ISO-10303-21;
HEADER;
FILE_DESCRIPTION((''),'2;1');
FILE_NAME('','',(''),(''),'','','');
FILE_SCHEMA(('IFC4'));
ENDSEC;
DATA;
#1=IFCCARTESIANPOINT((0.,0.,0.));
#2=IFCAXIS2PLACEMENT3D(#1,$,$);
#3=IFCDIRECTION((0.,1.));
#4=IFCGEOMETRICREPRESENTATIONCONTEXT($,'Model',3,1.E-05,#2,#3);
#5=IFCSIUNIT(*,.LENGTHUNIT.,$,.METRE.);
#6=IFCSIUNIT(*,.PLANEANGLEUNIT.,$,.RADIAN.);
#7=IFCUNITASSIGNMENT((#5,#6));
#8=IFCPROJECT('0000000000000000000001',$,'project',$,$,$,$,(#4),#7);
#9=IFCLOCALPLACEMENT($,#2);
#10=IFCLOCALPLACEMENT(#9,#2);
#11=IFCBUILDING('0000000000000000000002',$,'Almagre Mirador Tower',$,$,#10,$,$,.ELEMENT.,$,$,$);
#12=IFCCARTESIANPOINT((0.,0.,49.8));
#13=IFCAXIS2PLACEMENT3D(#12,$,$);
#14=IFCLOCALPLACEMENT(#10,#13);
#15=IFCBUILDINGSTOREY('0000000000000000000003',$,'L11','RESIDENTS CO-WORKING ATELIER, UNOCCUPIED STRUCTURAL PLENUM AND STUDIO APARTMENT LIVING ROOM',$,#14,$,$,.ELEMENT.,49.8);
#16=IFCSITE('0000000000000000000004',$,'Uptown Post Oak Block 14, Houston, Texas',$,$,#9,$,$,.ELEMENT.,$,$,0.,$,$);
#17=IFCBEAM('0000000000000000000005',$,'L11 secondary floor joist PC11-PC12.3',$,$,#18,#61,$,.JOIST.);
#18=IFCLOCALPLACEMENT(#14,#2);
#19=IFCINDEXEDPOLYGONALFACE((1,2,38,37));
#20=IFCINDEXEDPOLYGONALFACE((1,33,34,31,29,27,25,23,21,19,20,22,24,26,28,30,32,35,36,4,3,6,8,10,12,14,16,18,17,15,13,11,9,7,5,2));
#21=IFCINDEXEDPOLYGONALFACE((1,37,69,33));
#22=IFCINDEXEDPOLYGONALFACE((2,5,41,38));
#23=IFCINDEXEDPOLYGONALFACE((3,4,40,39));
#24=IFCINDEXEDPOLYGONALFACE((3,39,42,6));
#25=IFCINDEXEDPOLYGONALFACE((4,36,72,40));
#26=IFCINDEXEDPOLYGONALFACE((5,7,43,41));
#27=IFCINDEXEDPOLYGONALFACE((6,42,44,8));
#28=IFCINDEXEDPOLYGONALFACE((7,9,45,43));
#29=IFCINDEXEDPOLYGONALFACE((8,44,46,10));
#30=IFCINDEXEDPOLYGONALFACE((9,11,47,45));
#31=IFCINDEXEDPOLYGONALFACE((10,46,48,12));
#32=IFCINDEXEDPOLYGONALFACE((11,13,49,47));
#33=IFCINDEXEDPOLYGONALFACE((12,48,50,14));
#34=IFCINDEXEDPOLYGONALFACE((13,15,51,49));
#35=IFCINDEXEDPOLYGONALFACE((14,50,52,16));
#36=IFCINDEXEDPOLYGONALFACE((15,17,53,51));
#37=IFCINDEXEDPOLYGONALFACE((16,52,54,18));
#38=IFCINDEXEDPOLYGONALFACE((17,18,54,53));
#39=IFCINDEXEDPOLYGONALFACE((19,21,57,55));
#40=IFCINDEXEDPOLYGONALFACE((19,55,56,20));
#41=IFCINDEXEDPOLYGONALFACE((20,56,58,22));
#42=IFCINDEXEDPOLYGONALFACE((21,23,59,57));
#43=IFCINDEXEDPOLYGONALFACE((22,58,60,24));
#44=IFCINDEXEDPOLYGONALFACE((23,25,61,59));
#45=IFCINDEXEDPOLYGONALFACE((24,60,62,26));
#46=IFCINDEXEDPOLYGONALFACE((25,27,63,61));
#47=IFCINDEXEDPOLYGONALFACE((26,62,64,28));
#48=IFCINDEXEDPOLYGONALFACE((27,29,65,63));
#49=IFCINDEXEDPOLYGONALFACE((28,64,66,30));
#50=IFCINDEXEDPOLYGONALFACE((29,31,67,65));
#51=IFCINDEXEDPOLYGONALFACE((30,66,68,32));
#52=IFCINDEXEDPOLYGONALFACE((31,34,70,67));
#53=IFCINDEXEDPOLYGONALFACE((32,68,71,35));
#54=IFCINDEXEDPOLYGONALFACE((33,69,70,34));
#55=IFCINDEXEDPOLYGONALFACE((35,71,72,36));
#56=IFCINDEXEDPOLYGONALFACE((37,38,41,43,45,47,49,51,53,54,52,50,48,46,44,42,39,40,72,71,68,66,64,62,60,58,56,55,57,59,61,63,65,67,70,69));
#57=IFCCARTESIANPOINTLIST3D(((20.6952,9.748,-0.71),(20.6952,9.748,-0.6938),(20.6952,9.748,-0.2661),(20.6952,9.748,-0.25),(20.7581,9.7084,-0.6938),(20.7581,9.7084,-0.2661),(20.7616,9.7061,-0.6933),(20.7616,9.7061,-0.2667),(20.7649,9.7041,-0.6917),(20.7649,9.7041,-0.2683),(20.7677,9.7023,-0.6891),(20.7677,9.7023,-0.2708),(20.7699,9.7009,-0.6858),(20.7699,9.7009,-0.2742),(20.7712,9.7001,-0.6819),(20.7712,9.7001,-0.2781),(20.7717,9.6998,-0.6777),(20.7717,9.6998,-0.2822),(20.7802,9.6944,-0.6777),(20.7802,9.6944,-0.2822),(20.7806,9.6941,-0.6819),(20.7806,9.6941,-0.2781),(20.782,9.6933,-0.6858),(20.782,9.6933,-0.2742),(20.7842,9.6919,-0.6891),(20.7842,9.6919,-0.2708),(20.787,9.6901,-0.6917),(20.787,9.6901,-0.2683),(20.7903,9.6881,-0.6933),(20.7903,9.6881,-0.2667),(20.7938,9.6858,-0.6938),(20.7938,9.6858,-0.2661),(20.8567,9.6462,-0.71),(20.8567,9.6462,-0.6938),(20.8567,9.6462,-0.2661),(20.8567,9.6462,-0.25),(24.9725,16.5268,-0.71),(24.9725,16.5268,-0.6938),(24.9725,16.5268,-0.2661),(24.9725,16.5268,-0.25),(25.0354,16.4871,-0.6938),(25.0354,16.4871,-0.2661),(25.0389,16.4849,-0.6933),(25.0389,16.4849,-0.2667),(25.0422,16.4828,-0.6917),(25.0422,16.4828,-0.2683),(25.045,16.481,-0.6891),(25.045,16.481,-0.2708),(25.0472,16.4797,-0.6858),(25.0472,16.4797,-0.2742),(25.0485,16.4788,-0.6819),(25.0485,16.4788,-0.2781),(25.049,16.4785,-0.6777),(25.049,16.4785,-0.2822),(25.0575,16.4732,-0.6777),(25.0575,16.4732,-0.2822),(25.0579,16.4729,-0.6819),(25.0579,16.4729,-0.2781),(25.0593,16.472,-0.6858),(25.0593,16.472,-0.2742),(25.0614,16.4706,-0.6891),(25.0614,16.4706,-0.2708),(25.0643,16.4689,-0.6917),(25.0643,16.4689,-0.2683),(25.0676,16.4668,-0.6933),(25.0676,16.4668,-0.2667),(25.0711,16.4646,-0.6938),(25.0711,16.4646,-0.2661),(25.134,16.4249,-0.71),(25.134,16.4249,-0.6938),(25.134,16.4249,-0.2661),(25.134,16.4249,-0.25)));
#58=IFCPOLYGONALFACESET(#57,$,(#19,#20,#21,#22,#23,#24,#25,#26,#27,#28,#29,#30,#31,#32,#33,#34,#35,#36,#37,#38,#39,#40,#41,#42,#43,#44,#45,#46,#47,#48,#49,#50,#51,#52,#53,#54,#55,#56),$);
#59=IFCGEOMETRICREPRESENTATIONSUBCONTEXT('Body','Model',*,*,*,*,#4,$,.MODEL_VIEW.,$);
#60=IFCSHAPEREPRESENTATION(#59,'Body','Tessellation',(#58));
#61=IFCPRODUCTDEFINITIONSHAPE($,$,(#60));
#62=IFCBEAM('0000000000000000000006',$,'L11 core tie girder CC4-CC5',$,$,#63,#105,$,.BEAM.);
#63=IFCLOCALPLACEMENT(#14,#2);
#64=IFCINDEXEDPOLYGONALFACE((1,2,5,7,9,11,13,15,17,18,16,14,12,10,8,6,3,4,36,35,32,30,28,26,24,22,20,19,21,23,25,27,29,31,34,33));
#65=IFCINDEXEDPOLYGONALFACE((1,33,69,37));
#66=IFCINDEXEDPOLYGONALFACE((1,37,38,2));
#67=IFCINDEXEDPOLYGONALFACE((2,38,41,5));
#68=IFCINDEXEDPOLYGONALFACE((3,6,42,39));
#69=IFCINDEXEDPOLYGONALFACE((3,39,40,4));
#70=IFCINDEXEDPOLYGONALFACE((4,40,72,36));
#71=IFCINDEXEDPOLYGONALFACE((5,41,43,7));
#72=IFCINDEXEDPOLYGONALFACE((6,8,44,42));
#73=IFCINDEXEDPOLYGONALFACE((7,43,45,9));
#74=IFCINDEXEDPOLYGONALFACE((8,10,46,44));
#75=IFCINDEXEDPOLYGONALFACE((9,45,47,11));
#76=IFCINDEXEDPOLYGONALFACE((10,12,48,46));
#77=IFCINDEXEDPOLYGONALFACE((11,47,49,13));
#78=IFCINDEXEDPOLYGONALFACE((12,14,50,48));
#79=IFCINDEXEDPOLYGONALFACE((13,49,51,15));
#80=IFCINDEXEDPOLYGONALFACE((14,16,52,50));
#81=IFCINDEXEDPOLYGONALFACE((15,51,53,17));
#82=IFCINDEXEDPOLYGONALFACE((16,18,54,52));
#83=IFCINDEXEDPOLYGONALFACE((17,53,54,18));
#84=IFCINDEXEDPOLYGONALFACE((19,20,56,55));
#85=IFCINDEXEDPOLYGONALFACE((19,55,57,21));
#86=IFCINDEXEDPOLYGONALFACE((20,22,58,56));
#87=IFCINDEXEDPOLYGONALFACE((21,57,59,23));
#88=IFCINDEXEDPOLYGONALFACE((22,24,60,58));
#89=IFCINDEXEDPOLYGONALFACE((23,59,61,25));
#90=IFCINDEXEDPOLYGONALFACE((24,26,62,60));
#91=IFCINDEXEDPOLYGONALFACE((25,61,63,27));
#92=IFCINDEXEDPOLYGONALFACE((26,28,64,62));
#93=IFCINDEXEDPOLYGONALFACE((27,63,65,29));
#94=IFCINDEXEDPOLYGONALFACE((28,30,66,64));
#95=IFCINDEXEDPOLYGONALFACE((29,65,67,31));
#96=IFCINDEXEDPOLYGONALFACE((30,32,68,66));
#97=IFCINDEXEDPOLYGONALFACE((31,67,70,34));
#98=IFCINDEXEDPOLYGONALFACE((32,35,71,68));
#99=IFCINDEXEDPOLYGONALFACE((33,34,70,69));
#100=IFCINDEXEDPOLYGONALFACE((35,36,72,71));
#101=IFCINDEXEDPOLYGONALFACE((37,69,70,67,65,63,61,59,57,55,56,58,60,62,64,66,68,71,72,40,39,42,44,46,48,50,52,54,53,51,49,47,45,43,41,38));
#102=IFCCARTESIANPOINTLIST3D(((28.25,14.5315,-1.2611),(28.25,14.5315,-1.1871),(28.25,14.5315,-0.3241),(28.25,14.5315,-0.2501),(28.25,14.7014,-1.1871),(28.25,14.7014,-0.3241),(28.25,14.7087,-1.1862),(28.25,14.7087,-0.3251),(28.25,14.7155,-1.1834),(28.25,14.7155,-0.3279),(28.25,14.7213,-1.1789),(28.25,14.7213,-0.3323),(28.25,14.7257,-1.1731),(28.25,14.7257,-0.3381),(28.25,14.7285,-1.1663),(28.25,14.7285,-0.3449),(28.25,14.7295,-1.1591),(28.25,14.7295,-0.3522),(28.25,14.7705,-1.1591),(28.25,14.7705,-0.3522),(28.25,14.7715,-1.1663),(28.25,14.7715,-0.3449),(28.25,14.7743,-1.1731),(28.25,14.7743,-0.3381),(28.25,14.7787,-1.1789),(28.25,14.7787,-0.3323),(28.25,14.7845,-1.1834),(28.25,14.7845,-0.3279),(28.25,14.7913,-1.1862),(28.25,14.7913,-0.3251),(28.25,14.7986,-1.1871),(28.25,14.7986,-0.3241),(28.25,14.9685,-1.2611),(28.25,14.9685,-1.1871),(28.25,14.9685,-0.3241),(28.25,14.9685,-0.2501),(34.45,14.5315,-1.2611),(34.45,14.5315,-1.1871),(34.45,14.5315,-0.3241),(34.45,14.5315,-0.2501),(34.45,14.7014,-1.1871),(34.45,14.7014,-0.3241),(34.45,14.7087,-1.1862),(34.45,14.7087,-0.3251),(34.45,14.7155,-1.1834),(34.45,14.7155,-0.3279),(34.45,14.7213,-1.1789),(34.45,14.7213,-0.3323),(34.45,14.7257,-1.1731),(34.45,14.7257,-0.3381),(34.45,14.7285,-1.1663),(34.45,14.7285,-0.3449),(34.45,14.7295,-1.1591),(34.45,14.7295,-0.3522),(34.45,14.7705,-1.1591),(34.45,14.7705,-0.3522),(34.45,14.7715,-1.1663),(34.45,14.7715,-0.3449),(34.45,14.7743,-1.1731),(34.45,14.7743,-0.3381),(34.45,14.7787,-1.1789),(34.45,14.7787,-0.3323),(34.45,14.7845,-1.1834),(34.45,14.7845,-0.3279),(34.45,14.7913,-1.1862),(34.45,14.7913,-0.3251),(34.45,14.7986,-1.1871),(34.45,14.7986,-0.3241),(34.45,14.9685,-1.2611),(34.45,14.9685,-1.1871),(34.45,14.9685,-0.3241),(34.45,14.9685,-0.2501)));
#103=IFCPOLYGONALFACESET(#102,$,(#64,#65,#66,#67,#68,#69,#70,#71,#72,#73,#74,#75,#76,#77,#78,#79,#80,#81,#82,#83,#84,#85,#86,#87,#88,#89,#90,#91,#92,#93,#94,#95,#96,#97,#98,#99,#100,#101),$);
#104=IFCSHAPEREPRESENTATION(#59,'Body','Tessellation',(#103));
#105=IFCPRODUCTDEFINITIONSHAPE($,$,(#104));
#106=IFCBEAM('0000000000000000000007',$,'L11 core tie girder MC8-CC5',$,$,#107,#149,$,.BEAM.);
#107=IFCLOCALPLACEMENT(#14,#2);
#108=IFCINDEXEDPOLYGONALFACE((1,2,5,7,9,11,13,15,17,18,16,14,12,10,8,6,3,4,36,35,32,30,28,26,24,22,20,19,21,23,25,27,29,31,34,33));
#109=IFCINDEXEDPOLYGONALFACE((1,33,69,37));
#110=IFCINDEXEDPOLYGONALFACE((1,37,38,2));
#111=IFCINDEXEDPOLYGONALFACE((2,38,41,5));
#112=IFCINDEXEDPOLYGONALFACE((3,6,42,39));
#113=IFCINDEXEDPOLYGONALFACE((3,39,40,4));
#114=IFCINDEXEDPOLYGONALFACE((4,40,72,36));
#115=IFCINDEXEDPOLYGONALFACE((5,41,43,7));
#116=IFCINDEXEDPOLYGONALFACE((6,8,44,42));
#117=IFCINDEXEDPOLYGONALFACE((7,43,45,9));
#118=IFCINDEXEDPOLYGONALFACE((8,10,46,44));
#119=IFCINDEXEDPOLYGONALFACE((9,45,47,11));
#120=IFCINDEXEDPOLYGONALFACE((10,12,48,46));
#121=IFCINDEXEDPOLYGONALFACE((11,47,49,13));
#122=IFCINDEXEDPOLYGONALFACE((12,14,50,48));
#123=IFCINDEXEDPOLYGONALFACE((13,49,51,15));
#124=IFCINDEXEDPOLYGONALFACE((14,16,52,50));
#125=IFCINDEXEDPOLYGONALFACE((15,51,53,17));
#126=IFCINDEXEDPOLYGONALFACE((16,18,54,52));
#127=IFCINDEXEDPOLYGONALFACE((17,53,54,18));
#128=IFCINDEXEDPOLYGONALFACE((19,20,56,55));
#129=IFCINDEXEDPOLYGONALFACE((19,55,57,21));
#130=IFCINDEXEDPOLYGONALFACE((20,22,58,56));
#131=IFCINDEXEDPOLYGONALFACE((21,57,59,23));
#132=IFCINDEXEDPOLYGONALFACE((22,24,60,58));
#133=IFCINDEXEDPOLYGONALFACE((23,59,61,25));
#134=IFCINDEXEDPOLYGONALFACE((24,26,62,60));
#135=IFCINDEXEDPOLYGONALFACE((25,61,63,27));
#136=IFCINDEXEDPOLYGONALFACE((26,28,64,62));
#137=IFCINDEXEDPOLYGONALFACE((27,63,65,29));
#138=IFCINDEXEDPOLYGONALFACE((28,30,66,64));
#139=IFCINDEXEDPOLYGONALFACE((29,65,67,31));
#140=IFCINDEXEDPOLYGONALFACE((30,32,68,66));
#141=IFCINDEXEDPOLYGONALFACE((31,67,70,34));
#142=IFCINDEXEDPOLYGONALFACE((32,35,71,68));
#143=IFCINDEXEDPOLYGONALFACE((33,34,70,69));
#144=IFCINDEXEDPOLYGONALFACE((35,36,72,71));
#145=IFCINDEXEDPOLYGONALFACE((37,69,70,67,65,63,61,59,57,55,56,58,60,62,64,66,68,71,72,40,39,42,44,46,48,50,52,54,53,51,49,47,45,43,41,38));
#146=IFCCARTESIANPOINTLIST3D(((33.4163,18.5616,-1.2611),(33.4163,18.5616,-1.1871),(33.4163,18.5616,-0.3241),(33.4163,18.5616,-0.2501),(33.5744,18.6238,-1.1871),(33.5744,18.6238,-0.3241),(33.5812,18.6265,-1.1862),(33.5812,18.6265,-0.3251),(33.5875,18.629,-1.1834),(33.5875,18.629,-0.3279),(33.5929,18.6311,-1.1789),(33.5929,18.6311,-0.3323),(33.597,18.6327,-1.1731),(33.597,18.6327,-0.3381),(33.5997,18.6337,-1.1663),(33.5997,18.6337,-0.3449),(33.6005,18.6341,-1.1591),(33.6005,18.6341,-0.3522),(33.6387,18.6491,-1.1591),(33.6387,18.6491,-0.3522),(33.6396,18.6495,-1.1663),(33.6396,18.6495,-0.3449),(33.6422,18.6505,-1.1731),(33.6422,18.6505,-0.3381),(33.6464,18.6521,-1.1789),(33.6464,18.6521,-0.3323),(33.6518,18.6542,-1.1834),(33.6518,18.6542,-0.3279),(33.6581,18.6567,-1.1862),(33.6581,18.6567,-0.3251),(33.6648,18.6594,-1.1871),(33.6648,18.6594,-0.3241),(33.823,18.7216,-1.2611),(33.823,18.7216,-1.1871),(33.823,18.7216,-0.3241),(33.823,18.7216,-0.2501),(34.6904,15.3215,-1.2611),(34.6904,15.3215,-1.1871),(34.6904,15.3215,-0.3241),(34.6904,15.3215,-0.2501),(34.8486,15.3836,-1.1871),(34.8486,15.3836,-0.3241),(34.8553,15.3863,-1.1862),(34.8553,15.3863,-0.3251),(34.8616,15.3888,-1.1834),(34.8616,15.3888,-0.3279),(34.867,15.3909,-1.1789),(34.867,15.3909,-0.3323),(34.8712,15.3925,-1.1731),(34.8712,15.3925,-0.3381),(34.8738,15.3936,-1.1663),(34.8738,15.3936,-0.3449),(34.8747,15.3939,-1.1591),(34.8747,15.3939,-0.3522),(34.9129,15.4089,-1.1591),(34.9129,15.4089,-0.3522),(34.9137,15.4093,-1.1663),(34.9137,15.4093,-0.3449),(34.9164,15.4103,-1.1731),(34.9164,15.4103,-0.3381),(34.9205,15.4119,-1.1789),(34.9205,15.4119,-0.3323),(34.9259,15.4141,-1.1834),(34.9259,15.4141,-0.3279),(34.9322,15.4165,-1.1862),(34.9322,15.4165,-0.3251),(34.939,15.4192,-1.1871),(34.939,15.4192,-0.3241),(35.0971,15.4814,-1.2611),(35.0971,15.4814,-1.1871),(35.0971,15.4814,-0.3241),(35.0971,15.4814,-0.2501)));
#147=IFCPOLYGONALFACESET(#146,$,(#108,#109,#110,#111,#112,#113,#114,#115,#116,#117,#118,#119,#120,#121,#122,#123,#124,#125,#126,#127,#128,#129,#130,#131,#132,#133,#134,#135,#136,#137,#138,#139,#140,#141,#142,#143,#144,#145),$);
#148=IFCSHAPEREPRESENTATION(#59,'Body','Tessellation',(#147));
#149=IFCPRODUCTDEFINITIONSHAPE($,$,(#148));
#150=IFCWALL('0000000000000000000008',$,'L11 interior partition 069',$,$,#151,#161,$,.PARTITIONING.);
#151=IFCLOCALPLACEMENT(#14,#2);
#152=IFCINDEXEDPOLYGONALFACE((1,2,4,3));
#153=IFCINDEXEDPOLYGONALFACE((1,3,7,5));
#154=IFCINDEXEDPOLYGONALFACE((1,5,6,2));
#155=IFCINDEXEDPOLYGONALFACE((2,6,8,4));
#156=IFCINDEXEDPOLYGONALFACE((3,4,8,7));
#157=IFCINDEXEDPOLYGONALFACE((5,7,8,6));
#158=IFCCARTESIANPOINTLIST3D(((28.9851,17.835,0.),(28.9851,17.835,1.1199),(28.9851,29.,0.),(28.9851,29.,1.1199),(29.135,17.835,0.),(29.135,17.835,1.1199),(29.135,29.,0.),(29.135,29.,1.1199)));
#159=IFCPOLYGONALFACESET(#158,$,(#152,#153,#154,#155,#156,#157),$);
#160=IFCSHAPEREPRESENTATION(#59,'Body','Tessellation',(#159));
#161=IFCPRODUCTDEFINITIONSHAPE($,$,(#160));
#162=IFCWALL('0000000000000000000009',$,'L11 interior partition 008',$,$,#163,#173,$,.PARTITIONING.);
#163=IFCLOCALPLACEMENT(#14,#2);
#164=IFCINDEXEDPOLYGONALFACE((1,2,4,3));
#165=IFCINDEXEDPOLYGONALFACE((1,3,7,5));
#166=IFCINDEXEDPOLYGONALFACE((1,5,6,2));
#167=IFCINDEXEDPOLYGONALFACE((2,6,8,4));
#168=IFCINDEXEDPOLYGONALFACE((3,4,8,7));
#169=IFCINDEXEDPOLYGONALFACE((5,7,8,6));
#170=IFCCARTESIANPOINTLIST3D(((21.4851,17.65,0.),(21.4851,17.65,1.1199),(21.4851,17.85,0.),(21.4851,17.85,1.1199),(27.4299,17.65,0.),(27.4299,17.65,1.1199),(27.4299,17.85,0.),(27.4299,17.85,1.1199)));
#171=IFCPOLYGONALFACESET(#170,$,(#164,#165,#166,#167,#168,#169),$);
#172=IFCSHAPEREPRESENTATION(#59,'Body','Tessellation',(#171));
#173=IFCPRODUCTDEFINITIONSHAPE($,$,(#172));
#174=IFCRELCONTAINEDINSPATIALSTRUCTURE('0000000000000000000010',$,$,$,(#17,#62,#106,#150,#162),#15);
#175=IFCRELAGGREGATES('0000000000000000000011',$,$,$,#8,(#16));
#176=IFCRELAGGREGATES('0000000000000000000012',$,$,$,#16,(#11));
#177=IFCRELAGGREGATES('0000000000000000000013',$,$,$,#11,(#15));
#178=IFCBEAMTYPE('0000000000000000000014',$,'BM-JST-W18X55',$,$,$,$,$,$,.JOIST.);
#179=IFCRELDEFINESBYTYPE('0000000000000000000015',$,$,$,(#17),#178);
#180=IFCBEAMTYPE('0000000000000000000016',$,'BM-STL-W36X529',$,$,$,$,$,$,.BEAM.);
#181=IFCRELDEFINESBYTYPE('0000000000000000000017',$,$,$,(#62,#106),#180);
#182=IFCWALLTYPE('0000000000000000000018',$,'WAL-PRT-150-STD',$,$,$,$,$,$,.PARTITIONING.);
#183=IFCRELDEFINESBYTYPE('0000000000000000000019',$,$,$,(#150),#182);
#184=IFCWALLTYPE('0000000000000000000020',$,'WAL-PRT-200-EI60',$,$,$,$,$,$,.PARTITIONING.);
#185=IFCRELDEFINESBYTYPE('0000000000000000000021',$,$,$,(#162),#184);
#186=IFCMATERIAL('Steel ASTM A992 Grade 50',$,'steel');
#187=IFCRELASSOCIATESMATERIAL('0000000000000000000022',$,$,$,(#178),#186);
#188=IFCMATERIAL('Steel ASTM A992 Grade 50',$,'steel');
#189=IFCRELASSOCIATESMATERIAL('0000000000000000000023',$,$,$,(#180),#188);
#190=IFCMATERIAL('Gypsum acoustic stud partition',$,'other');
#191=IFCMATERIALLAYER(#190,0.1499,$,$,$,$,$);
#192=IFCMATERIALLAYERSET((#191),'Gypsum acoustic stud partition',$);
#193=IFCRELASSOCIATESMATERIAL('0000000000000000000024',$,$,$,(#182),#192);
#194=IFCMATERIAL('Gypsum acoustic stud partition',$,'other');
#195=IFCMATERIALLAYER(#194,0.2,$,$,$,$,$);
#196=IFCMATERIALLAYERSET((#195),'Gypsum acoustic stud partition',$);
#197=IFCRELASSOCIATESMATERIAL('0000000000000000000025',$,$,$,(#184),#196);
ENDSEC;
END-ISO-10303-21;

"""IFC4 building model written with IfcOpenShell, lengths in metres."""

from ifc_helpers import new_model, si_unit, direction, frame, frame_2d, origin, origin_2d, place, context, subcontext, project, spatial, rectangle, i_section, extrude, material, layer, layer_set, material_profile, profile_set, type_object, element, save


model = new_model("IFC4")

# Units and contexts
model_context = context("Model", 3, precision=1e-05, world=origin(), true_north=direction((0.0, 1.0)))
body_context = subcontext(model_context, "Body", "Model", "MODEL_VIEW")
ifc_project = project(units=[si_unit("LENGTHUNIT", "METRE"), si_unit("PLANEANGLEUNIT", "RADIAN")], contexts=[model_context])

# Site, building, storey
site_placement = place(None, origin())
site = spatial("IfcSite", under=ifc_project, at=site_placement, Name="Uptown Post Oak Block 14, Houston, Texas", CompositionType="ELEMENT", RefElevation=0.0)
building_placement = place(site_placement, origin())
building = spatial("IfcBuilding", under=site, at=building_placement, Name="Almagre Mirador Tower", CompositionType="ELEMENT")
storey_placement = place(building_placement, frame((0.0, 0.0, 49.8)))
storey = spatial("IfcBuildingStorey", under=building, at=storey_placement, Name="L11", Description="RESIDENTS CO-WORKING ATELIER, UNOCCUPIED STRUCTURAL PLENUM AND STUDIO APARTMENT LIVING ROOM", CompositionType="ELEMENT", Elevation=49.8)

# Beams
ifc_material_1 = material(Name="Steel ASTM A992 Grade 50", Category="steel")
ifc_material_profile_1 = material_profile(ifc_material_1, i_section(OverallWidth=0.1909, OverallDepth=0.46, WebThickness=0.01, FlangeThickness=0.0161, FilletRadius=0.0161, at=origin_2d()), Name="W18X55")
ifc_profile_set_1 = profile_set([ifc_material_profile_1], Name="Steel ASTM A992 Grade 50")
beam_type_1 = type_object("IfcBeamType", Name="BM-JST-W18X55", PredefinedType="JOIST", material=ifc_profile_set_1)
beam_1_placement = place(storey_placement, frame((25.0532, 16.4758, -0.48), z_axis=(-0.533635, -0.845715, 0.0), x_axis=(0.845715, -0.533635, 0.0)))
element("IfcBeam", 1, at=beam_1_placement, inside=storey, type_object=beam_type_1, Name="L11 secondary floor joist PC11-PC12.3", PredefinedType="JOIST", context=body_context, shape_type="SweptSolid", body=[
    extrude(i_section(OverallWidth=0.1909, OverallDepth=0.46, WebThickness=0.01, FlangeThickness=0.0161, FilletRadius=0.0161, at=origin_2d()), origin(), (0.0, 0.0, 1.0), 8.0154),
])
ifc_material_2 = material(Name="Steel ASTM A992 Grade 50", Category="steel")
ifc_material_profile_2 = material_profile(ifc_material_2, i_section(OverallWidth=0.437, OverallDepth=1.011, WebThickness=0.041, FlangeThickness=0.074, FilletRadius=0.0281, at=origin_2d()), Name="W36X529")
ifc_profile_set_2 = profile_set([ifc_material_profile_2], Name="Steel ASTM A992 Grade 50")
beam_type_2 = type_object("IfcBeamType", Name="BM-STL-W36X529", PredefinedType="BEAM", material=ifc_profile_set_2)
beam_2_placement = place(storey_placement, frame((28.25, 14.75, -0.7556), z_axis=(1.0, 0.0, 0.0), x_axis=(0.0, 1.0, 0.0)))
element("IfcBeam", 2, at=beam_2_placement, inside=storey, type_object=beam_type_2, Name="L11 core tie girder CC4-CC5", PredefinedType="BEAM", context=body_context, shape_type="SweptSolid", body=[
    extrude(i_section(OverallWidth=0.437, OverallDepth=1.011, WebThickness=0.041, FlangeThickness=0.074, FilletRadius=0.0281, at=origin_2d()), origin(), (0.0, 0.0, 1.0), 6.2),
])
beam_3_placement = place(storey_placement, frame((33.6196, 18.6416, -0.7556), z_axis=(0.365956, -0.930632, 0.0), x_axis=(0.930632, 0.365956, 0.0)))
element("IfcBeam", 3, at=beam_3_placement, inside=storey, type_object=beam_type_2, Name="L11 core tie girder MC8-CC5", PredefinedType="BEAM", context=body_context, shape_type="SweptSolid", body=[
    extrude(i_section(OverallWidth=0.437, OverallDepth=1.011, WebThickness=0.041, FlangeThickness=0.074, FilletRadius=0.0281, at=origin_2d()), origin(), (0.0, 0.0, 1.0), 3.4817),
])

# Walls
ifc_material_3 = material(Name="Gypsum acoustic stud partition", Category="other")
ifc_layer_1 = layer(ifc_material_3, 0.1499)
ifc_layer_set_1 = layer_set([ifc_layer_1], Name="Gypsum acoustic stud partition")
wall_type_1 = type_object("IfcWallType", Name="WAL-PRT-150-STD", PredefinedType="PARTITIONING", material=ifc_layer_set_1)
wall_1_placement = place(storey_placement, frame((29.0601, 17.835, 0.0), z_axis=(0.0, 0.0, 1.0), x_axis=(0.0, 1.0, 0.0)))
element("IfcWall", 4, at=wall_1_placement, inside=storey, type_object=wall_type_1, Name="L11 interior partition 069", PredefinedType="PARTITIONING", context=body_context, shape_type="SweptSolid", body=[
    extrude(rectangle(XDim=11.165, YDim=0.1499, at=frame_2d((5.5825, 0.0))), origin(), (0.0, 0.0, 1.0), 1.1199),
])
ifc_material_4 = material(Name="Gypsum acoustic stud partition", Category="other")
ifc_layer_2 = layer(ifc_material_4, 0.2)
ifc_layer_set_2 = layer_set([ifc_layer_2], Name="Gypsum acoustic stud partition")
wall_type_2 = type_object("IfcWallType", Name="WAL-PRT-200-EI60", PredefinedType="PARTITIONING", material=ifc_layer_set_2)
wall_2_placement = place(storey_placement, frame((27.4299, 17.75, 0.0), z_axis=(0.0, 0.0, 1.0), x_axis=(-1.0, 0.0, 0.0)))
element("IfcWall", 5, at=wall_2_placement, inside=storey, type_object=wall_type_2, Name="L11 interior partition 008", PredefinedType="PARTITIONING", context=body_context, shape_type="SweptSolid", body=[
    extrude(rectangle(XDim=5.9448, YDim=0.2, at=frame_2d((2.9724, 0.0))), origin(), (0.0, 0.0, 1.0), 1.1199),
])

save(model, "model.ifc")
